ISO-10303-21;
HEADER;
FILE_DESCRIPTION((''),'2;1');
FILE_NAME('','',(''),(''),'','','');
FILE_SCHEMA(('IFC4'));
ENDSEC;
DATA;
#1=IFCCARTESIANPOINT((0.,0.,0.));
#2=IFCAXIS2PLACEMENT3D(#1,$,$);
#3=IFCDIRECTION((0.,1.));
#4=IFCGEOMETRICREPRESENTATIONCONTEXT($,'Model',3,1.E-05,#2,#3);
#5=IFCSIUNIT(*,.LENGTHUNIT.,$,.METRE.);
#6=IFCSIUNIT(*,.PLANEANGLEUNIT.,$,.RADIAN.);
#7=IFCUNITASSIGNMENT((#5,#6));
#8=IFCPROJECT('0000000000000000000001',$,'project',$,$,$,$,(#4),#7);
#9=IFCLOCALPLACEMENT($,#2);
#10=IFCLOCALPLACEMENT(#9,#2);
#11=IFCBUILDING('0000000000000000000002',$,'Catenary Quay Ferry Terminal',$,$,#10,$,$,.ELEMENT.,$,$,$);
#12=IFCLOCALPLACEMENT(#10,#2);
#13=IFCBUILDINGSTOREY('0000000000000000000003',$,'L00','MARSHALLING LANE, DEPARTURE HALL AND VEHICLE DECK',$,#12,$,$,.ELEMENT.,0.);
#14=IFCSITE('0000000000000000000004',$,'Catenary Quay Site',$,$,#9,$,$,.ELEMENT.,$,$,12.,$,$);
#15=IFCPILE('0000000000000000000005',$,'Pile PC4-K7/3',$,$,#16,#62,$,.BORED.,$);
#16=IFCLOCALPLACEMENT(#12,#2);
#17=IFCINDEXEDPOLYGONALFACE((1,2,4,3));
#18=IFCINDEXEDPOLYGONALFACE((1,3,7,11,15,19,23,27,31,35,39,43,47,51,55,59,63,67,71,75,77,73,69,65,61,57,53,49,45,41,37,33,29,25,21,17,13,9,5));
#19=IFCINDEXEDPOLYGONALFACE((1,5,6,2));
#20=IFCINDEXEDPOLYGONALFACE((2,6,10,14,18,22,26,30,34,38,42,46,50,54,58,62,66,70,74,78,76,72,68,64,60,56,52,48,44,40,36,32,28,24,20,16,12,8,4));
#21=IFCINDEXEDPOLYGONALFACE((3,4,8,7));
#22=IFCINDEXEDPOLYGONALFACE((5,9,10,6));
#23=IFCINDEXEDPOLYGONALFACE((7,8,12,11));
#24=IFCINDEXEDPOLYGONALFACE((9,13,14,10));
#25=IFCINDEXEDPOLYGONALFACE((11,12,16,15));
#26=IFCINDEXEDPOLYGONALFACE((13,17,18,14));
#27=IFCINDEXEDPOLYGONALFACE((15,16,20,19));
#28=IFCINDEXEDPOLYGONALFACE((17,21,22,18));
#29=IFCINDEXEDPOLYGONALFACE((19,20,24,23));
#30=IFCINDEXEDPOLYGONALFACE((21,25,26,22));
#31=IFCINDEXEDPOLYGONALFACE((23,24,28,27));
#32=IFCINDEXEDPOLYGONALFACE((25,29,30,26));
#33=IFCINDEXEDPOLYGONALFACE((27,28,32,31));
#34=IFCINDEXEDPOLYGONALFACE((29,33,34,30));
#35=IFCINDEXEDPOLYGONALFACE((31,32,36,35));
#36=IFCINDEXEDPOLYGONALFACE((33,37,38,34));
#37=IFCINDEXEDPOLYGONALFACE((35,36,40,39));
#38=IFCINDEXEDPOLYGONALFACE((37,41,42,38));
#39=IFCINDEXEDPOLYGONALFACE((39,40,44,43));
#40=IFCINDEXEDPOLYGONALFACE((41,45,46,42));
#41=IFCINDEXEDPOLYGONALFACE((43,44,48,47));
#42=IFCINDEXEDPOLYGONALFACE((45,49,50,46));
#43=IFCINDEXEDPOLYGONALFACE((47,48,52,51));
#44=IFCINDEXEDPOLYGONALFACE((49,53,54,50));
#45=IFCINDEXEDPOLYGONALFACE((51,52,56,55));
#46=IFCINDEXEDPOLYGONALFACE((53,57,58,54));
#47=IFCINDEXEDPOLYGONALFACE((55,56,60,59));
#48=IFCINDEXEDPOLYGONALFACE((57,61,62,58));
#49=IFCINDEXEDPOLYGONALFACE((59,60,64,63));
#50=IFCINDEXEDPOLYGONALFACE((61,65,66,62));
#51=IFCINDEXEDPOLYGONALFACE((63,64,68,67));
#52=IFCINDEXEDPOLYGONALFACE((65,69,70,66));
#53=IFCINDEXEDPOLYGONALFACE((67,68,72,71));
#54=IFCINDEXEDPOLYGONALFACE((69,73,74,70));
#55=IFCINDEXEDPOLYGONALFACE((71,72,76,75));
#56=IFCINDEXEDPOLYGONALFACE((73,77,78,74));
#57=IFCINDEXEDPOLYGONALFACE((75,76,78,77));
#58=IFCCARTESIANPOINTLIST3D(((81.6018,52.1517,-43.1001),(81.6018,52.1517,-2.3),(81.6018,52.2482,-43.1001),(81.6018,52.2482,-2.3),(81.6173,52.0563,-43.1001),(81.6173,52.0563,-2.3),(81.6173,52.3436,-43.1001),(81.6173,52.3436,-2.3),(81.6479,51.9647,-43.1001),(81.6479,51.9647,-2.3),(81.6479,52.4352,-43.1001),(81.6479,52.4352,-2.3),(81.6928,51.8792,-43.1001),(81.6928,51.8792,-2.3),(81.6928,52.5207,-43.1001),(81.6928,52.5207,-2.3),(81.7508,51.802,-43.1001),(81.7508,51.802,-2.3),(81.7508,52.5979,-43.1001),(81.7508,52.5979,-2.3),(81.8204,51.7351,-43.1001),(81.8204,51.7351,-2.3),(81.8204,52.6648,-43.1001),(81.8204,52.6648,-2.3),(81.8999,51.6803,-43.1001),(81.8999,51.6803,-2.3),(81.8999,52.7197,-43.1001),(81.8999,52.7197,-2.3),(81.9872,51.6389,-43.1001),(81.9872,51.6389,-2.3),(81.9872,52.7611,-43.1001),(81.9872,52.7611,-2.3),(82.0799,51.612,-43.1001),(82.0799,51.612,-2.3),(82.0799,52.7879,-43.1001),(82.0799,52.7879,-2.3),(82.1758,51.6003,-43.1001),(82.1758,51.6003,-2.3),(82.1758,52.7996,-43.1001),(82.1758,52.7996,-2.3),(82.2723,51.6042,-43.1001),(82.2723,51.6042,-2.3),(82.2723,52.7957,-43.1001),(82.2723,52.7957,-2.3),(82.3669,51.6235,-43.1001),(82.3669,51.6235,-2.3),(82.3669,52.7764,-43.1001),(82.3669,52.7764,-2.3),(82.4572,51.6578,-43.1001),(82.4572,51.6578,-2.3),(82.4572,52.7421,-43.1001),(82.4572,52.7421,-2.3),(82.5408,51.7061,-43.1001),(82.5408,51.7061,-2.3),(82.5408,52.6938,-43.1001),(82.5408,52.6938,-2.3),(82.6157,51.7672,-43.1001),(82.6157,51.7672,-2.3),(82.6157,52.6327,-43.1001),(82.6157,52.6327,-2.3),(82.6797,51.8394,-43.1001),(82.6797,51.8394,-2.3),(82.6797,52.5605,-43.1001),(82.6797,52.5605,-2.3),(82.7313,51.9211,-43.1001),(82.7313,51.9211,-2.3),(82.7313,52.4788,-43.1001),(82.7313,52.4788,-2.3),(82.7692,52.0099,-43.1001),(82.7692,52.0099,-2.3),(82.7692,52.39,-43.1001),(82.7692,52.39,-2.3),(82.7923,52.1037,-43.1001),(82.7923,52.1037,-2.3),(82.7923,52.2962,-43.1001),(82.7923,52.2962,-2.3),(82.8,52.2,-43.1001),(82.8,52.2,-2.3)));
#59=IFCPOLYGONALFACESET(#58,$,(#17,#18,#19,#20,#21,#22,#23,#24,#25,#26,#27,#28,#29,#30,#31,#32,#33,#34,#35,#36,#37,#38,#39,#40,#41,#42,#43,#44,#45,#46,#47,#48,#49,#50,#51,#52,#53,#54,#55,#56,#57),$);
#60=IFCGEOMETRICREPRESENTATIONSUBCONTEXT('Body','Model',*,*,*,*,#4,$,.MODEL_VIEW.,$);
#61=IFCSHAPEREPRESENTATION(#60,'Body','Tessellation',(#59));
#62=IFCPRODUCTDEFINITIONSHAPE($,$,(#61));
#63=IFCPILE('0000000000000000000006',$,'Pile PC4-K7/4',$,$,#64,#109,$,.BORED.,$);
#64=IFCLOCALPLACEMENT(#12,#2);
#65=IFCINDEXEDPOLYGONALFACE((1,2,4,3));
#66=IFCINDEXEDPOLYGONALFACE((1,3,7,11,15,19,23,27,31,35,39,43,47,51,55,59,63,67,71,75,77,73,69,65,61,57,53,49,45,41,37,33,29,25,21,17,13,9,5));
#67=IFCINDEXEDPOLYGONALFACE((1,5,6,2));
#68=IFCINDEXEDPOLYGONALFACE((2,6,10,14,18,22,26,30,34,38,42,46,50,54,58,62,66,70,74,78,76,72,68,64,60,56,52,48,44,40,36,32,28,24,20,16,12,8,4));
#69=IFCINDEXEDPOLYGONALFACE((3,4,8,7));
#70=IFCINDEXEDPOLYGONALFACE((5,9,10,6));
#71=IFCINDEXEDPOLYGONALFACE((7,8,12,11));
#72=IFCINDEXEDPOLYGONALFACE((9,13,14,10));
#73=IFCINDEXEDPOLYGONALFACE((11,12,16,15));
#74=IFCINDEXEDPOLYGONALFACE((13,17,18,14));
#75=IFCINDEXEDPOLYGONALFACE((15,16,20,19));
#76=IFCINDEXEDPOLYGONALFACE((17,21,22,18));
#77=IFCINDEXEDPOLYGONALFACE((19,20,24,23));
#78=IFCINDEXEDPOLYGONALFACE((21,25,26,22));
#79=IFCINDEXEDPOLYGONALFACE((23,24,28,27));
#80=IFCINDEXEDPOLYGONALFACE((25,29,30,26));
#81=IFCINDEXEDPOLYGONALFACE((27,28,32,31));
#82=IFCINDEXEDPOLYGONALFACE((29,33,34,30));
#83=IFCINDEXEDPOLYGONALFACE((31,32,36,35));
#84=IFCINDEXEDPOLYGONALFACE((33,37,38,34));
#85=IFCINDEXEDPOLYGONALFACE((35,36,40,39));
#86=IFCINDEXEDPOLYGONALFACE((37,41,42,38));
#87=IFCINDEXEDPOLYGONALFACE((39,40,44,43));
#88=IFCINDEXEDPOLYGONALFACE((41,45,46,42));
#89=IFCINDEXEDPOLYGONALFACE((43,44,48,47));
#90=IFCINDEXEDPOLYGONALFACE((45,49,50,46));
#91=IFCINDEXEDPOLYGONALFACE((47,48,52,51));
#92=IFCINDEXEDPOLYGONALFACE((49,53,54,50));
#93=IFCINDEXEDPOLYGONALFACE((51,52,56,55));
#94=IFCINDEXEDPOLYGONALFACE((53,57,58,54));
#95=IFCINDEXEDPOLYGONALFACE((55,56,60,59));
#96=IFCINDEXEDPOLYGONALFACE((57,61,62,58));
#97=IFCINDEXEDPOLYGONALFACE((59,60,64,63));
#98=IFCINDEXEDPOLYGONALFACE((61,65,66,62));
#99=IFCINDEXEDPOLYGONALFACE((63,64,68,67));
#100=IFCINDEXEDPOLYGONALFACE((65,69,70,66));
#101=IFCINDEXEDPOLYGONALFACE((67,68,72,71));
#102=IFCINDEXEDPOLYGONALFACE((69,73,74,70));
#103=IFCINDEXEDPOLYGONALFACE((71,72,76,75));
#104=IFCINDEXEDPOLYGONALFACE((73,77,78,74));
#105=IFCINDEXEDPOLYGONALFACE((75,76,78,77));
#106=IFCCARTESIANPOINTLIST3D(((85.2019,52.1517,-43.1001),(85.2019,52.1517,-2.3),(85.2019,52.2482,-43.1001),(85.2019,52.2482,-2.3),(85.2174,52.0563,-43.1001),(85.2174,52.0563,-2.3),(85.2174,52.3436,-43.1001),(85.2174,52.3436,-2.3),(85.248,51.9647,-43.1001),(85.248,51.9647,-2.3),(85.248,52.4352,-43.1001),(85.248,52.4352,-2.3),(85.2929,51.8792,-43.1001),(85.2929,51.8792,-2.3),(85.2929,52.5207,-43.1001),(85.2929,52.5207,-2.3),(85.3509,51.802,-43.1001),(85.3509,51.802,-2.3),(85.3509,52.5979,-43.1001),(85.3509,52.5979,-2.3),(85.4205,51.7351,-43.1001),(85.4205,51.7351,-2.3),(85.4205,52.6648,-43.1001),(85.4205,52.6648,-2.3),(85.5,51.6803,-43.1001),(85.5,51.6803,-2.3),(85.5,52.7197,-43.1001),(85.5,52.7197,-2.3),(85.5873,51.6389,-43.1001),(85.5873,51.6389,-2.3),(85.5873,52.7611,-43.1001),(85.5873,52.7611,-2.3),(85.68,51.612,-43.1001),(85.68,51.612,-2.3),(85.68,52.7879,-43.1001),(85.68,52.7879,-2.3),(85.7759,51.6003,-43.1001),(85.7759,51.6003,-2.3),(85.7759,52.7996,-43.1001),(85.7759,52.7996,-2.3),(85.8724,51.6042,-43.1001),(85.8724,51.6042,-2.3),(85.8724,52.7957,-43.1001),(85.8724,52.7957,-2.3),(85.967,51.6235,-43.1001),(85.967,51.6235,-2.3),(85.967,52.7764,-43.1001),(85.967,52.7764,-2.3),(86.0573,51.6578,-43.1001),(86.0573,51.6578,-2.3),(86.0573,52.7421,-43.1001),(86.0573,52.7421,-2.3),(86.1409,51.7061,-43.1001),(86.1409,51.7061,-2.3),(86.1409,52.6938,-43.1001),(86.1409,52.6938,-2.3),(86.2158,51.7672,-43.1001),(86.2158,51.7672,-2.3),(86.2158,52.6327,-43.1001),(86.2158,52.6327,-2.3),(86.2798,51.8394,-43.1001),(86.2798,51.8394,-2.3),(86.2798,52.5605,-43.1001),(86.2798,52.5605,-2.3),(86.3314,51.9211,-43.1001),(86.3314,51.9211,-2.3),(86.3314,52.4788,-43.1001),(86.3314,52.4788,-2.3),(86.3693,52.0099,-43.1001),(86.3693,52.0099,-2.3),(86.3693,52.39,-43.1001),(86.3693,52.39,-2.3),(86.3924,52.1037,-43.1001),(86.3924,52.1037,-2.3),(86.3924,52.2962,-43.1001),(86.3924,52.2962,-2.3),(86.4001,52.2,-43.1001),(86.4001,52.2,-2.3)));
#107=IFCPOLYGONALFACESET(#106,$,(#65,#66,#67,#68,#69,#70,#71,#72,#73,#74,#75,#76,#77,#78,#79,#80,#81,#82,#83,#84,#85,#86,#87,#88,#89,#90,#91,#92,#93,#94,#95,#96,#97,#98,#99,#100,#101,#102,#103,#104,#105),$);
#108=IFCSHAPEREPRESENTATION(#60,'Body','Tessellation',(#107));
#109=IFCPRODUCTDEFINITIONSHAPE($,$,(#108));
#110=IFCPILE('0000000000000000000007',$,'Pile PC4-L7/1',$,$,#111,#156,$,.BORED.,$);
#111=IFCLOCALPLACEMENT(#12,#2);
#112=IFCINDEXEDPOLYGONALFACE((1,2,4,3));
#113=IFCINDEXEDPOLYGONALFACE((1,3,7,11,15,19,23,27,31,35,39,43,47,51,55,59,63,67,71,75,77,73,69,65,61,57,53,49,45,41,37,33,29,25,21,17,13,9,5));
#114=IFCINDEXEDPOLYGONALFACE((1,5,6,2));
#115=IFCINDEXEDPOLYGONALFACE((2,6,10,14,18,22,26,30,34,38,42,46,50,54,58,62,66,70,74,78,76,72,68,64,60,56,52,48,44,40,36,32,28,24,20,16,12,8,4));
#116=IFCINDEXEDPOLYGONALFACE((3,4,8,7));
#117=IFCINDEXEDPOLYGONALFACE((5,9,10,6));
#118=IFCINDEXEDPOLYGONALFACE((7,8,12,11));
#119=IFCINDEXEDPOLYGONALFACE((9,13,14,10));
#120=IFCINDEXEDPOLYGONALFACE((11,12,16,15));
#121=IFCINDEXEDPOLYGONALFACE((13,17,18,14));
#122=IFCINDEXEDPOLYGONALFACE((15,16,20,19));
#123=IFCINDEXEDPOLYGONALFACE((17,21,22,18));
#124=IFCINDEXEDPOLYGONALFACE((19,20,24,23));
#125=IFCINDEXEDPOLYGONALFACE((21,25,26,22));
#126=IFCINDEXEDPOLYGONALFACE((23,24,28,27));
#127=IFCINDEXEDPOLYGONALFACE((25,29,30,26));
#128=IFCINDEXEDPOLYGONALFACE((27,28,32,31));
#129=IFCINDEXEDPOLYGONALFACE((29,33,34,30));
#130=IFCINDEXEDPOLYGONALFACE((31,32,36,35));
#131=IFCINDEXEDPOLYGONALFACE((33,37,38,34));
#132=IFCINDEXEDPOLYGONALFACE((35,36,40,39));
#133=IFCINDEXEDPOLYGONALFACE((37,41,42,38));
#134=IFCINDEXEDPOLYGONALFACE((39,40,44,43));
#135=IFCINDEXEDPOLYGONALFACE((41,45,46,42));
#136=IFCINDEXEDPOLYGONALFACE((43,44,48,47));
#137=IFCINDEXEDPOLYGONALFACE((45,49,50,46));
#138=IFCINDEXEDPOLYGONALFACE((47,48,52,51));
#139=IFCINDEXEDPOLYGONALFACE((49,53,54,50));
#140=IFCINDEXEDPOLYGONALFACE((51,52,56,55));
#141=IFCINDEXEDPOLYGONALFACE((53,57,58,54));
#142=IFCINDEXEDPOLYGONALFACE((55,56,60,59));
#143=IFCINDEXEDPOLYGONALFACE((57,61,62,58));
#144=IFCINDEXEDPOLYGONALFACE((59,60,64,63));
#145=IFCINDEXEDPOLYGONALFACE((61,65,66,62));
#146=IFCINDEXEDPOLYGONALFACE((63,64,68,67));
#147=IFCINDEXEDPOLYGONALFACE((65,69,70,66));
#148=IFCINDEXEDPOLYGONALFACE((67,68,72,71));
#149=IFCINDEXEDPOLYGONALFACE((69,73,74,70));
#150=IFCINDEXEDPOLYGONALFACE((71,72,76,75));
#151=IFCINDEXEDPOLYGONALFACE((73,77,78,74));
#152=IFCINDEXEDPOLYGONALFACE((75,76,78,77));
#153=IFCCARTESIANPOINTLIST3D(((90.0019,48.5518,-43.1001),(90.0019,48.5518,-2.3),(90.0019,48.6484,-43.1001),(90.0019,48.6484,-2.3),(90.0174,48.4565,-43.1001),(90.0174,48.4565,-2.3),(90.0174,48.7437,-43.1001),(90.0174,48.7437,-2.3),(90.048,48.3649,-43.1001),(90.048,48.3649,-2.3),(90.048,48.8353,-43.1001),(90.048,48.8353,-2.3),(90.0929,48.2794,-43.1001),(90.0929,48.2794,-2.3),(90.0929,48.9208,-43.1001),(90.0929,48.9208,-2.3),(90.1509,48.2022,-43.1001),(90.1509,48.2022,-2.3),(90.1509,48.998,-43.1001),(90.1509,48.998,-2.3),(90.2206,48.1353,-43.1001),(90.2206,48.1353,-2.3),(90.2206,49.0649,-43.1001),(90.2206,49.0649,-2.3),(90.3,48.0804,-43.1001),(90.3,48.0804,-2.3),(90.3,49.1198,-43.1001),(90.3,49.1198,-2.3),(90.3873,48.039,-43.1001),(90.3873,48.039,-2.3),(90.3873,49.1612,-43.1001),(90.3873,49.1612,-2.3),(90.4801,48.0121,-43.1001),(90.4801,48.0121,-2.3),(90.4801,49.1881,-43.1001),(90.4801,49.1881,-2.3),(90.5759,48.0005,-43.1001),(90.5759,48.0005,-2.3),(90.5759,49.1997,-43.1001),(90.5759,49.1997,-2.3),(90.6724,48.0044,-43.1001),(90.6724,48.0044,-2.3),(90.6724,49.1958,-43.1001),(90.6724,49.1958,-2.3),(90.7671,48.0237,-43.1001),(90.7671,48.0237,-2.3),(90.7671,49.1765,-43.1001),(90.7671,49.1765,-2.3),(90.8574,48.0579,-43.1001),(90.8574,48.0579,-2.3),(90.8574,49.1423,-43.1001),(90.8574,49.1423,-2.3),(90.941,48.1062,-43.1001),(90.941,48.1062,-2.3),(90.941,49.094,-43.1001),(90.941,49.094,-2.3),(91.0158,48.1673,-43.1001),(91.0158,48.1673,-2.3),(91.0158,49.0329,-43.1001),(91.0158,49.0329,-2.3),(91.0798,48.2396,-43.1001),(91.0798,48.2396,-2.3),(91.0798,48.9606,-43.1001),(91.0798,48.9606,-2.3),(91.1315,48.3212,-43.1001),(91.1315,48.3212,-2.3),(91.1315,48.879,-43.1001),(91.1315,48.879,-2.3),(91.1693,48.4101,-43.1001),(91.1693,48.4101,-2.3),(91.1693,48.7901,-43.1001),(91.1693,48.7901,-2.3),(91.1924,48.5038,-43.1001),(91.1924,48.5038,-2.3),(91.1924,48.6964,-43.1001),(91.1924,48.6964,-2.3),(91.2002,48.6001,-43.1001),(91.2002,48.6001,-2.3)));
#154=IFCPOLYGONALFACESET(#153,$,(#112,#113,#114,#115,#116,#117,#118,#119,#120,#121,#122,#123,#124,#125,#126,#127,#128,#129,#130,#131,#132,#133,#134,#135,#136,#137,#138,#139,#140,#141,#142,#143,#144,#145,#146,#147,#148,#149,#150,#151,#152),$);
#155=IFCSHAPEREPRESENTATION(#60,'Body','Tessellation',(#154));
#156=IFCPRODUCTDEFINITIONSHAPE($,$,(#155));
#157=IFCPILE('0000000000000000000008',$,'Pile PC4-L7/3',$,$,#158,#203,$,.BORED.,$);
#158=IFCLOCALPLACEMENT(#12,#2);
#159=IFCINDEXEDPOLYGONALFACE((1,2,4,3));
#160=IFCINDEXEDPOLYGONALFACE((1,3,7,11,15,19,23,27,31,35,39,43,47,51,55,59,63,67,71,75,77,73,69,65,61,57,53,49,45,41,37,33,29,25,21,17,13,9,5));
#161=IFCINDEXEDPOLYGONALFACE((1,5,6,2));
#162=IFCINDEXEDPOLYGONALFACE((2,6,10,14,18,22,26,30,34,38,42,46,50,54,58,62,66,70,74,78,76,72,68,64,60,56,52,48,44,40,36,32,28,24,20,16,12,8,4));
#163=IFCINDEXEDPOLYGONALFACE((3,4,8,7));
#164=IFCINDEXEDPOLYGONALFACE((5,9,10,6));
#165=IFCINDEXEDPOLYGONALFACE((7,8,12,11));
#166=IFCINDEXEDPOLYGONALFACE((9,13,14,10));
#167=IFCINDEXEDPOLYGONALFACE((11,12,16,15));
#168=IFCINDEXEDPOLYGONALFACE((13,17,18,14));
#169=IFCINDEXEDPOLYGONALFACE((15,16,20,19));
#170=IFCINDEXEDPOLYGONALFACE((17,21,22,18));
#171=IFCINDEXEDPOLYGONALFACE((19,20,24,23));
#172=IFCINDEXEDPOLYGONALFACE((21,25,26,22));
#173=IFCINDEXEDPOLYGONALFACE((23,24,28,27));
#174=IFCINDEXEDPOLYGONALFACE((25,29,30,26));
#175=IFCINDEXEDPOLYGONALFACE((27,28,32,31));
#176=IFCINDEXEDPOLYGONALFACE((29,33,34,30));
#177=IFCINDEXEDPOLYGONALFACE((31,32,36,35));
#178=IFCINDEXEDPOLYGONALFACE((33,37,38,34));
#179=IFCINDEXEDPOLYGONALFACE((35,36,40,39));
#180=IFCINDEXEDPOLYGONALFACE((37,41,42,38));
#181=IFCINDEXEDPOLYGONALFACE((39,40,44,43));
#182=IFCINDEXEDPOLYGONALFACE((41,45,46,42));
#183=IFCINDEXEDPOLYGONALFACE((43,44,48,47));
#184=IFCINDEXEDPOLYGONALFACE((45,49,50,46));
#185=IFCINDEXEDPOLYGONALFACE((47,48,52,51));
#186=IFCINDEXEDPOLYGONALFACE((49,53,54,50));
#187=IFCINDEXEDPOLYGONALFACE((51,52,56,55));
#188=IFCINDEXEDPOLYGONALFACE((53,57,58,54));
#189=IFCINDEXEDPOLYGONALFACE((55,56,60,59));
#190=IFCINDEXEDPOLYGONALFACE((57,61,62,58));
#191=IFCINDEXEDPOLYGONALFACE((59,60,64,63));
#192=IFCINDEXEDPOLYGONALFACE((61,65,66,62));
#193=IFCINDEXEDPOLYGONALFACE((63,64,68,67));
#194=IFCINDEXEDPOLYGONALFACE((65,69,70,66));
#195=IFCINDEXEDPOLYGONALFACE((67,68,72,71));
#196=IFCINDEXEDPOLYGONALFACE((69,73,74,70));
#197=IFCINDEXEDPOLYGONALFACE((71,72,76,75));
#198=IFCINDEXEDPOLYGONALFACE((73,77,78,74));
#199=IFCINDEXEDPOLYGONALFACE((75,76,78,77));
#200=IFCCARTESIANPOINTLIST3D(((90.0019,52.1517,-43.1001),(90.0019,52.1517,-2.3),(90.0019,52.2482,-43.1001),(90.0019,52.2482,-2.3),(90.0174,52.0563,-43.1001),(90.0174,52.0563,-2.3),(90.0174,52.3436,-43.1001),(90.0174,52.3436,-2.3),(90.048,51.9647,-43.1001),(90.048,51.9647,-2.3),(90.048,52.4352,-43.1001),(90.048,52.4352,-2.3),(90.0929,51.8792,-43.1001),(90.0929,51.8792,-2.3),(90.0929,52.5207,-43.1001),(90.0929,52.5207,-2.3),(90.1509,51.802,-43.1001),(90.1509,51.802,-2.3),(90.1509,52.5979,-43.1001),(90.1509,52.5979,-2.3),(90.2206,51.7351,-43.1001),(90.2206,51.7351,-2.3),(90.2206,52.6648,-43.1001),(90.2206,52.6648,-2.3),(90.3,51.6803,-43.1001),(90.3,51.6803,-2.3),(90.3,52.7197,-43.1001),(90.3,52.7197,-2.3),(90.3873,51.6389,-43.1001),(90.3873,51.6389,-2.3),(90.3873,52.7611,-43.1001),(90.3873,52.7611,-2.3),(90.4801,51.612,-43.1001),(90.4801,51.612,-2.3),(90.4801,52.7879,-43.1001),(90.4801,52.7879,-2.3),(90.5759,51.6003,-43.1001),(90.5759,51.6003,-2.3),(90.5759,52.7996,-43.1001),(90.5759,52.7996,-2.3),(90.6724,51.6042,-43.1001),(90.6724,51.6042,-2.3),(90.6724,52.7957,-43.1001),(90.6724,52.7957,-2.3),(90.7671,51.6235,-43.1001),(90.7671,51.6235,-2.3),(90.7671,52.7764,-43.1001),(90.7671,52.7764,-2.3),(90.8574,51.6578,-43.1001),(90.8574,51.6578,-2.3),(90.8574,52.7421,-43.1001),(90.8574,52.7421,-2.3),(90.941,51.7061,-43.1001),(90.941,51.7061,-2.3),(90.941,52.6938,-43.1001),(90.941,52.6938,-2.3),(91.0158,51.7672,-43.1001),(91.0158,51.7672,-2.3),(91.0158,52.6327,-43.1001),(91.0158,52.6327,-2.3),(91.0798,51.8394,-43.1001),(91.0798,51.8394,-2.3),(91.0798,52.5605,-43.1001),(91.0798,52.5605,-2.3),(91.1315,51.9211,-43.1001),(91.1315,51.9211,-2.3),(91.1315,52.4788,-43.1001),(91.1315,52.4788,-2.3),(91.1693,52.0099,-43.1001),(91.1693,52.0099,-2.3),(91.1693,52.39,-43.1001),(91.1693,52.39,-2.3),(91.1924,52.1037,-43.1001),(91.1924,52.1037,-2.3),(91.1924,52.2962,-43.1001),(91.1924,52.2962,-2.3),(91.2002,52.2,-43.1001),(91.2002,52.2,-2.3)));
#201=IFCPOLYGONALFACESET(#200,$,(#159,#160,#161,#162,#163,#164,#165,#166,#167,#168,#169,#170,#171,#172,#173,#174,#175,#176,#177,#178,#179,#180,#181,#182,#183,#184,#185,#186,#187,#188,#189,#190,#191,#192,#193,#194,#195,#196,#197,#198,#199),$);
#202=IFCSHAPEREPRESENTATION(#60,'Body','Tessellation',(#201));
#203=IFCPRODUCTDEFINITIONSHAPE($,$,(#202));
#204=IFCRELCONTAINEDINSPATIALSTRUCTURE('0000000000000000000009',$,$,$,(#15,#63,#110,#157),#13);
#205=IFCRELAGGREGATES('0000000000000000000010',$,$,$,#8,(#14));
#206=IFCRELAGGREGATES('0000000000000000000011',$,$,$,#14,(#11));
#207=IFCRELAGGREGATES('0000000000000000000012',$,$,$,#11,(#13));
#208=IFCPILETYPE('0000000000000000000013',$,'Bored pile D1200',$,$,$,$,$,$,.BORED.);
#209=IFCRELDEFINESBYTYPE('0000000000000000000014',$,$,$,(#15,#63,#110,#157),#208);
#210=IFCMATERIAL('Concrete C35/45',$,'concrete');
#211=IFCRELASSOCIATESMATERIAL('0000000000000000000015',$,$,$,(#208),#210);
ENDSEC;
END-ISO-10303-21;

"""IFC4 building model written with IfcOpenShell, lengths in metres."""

from ifc_helpers import new_model, si_unit, direction, frame, origin, origin_2d, place, context, subcontext, project, spatial, circle, extrude, material, material_profile, profile_set, type_object, element, save


model = new_model("IFC4")

# Units and contexts
model_context = context("Model", 3, precision=1e-05, world=origin(), true_north=direction((0.0, 1.0)))
body_context = subcontext(model_context, "Body", "Model", "MODEL_VIEW")
ifc_project = project(units=[si_unit("LENGTHUNIT", "METRE"), si_unit("PLANEANGLEUNIT", "RADIAN")], contexts=[model_context])

# Site, building, storey
site_placement = place(None, origin())
site = spatial("IfcSite", under=ifc_project, at=site_placement, Name="Catenary Quay Site", CompositionType="ELEMENT", RefElevation=12.0)
building_placement = place(site_placement, origin())
building = spatial("IfcBuilding", under=site, at=building_placement, Name="Catenary Quay Ferry Terminal", CompositionType="ELEMENT")
storey_placement = place(building_placement, origin())
storey = spatial("IfcBuildingStorey", under=building, at=storey_placement, Name="L00", Description="MARSHALLING LANE, DEPARTURE HALL AND VEHICLE DECK", CompositionType="ELEMENT", Elevation=0.0)

# Piles
ifc_material_1 = material(Name="Concrete C35/45", Category="concrete")
ifc_material_profile_1 = material_profile(ifc_material_1, circle(Radius=0.6001, at=origin_2d()), Name="D1200")
ifc_profile_set_1 = profile_set([ifc_material_profile_1], Name="Concrete C35/45")
pile_type = type_object("IfcPileType", Name="Bored pile D1200", PredefinedType="BORED", material=ifc_profile_set_1)
for number, where, z_axis, x_axis, name in (
    (1, (82.2, 52.2, -2.3), (0.0, 0.0, -1.0), (1.0, 0.0, 0.0), "Pile PC4-K7/3"),
    (2, (85.8, 52.2, -2.3), (0.0, 0.0, -1.0), (1.0, 0.0, 0.0), "Pile PC4-K7/4"),
    (3, (90.6001, 48.6001, -2.3), (0.0, 0.0, -1.0), (1.0, 0.0, 0.0), "Pile PC4-L7/1"),
    (4, (90.6001, 52.2, -2.3), (0.0, 0.0, -1.0), (1.0, 0.0, 0.0), "Pile PC4-L7/3"),
):
    element("IfcPile", number, at=place(storey_placement, frame(where, z_axis=z_axis, x_axis=x_axis)), inside=storey, type_object=pile_type, Name=name, PredefinedType="BORED", context=body_context, shape_type="SweptSolid", body=[
        extrude(circle(Radius=0.6001, at=origin_2d()), origin(), (0.0, 0.0, 1.0), 40.8),
    ])

save(model, "model.ifc")
